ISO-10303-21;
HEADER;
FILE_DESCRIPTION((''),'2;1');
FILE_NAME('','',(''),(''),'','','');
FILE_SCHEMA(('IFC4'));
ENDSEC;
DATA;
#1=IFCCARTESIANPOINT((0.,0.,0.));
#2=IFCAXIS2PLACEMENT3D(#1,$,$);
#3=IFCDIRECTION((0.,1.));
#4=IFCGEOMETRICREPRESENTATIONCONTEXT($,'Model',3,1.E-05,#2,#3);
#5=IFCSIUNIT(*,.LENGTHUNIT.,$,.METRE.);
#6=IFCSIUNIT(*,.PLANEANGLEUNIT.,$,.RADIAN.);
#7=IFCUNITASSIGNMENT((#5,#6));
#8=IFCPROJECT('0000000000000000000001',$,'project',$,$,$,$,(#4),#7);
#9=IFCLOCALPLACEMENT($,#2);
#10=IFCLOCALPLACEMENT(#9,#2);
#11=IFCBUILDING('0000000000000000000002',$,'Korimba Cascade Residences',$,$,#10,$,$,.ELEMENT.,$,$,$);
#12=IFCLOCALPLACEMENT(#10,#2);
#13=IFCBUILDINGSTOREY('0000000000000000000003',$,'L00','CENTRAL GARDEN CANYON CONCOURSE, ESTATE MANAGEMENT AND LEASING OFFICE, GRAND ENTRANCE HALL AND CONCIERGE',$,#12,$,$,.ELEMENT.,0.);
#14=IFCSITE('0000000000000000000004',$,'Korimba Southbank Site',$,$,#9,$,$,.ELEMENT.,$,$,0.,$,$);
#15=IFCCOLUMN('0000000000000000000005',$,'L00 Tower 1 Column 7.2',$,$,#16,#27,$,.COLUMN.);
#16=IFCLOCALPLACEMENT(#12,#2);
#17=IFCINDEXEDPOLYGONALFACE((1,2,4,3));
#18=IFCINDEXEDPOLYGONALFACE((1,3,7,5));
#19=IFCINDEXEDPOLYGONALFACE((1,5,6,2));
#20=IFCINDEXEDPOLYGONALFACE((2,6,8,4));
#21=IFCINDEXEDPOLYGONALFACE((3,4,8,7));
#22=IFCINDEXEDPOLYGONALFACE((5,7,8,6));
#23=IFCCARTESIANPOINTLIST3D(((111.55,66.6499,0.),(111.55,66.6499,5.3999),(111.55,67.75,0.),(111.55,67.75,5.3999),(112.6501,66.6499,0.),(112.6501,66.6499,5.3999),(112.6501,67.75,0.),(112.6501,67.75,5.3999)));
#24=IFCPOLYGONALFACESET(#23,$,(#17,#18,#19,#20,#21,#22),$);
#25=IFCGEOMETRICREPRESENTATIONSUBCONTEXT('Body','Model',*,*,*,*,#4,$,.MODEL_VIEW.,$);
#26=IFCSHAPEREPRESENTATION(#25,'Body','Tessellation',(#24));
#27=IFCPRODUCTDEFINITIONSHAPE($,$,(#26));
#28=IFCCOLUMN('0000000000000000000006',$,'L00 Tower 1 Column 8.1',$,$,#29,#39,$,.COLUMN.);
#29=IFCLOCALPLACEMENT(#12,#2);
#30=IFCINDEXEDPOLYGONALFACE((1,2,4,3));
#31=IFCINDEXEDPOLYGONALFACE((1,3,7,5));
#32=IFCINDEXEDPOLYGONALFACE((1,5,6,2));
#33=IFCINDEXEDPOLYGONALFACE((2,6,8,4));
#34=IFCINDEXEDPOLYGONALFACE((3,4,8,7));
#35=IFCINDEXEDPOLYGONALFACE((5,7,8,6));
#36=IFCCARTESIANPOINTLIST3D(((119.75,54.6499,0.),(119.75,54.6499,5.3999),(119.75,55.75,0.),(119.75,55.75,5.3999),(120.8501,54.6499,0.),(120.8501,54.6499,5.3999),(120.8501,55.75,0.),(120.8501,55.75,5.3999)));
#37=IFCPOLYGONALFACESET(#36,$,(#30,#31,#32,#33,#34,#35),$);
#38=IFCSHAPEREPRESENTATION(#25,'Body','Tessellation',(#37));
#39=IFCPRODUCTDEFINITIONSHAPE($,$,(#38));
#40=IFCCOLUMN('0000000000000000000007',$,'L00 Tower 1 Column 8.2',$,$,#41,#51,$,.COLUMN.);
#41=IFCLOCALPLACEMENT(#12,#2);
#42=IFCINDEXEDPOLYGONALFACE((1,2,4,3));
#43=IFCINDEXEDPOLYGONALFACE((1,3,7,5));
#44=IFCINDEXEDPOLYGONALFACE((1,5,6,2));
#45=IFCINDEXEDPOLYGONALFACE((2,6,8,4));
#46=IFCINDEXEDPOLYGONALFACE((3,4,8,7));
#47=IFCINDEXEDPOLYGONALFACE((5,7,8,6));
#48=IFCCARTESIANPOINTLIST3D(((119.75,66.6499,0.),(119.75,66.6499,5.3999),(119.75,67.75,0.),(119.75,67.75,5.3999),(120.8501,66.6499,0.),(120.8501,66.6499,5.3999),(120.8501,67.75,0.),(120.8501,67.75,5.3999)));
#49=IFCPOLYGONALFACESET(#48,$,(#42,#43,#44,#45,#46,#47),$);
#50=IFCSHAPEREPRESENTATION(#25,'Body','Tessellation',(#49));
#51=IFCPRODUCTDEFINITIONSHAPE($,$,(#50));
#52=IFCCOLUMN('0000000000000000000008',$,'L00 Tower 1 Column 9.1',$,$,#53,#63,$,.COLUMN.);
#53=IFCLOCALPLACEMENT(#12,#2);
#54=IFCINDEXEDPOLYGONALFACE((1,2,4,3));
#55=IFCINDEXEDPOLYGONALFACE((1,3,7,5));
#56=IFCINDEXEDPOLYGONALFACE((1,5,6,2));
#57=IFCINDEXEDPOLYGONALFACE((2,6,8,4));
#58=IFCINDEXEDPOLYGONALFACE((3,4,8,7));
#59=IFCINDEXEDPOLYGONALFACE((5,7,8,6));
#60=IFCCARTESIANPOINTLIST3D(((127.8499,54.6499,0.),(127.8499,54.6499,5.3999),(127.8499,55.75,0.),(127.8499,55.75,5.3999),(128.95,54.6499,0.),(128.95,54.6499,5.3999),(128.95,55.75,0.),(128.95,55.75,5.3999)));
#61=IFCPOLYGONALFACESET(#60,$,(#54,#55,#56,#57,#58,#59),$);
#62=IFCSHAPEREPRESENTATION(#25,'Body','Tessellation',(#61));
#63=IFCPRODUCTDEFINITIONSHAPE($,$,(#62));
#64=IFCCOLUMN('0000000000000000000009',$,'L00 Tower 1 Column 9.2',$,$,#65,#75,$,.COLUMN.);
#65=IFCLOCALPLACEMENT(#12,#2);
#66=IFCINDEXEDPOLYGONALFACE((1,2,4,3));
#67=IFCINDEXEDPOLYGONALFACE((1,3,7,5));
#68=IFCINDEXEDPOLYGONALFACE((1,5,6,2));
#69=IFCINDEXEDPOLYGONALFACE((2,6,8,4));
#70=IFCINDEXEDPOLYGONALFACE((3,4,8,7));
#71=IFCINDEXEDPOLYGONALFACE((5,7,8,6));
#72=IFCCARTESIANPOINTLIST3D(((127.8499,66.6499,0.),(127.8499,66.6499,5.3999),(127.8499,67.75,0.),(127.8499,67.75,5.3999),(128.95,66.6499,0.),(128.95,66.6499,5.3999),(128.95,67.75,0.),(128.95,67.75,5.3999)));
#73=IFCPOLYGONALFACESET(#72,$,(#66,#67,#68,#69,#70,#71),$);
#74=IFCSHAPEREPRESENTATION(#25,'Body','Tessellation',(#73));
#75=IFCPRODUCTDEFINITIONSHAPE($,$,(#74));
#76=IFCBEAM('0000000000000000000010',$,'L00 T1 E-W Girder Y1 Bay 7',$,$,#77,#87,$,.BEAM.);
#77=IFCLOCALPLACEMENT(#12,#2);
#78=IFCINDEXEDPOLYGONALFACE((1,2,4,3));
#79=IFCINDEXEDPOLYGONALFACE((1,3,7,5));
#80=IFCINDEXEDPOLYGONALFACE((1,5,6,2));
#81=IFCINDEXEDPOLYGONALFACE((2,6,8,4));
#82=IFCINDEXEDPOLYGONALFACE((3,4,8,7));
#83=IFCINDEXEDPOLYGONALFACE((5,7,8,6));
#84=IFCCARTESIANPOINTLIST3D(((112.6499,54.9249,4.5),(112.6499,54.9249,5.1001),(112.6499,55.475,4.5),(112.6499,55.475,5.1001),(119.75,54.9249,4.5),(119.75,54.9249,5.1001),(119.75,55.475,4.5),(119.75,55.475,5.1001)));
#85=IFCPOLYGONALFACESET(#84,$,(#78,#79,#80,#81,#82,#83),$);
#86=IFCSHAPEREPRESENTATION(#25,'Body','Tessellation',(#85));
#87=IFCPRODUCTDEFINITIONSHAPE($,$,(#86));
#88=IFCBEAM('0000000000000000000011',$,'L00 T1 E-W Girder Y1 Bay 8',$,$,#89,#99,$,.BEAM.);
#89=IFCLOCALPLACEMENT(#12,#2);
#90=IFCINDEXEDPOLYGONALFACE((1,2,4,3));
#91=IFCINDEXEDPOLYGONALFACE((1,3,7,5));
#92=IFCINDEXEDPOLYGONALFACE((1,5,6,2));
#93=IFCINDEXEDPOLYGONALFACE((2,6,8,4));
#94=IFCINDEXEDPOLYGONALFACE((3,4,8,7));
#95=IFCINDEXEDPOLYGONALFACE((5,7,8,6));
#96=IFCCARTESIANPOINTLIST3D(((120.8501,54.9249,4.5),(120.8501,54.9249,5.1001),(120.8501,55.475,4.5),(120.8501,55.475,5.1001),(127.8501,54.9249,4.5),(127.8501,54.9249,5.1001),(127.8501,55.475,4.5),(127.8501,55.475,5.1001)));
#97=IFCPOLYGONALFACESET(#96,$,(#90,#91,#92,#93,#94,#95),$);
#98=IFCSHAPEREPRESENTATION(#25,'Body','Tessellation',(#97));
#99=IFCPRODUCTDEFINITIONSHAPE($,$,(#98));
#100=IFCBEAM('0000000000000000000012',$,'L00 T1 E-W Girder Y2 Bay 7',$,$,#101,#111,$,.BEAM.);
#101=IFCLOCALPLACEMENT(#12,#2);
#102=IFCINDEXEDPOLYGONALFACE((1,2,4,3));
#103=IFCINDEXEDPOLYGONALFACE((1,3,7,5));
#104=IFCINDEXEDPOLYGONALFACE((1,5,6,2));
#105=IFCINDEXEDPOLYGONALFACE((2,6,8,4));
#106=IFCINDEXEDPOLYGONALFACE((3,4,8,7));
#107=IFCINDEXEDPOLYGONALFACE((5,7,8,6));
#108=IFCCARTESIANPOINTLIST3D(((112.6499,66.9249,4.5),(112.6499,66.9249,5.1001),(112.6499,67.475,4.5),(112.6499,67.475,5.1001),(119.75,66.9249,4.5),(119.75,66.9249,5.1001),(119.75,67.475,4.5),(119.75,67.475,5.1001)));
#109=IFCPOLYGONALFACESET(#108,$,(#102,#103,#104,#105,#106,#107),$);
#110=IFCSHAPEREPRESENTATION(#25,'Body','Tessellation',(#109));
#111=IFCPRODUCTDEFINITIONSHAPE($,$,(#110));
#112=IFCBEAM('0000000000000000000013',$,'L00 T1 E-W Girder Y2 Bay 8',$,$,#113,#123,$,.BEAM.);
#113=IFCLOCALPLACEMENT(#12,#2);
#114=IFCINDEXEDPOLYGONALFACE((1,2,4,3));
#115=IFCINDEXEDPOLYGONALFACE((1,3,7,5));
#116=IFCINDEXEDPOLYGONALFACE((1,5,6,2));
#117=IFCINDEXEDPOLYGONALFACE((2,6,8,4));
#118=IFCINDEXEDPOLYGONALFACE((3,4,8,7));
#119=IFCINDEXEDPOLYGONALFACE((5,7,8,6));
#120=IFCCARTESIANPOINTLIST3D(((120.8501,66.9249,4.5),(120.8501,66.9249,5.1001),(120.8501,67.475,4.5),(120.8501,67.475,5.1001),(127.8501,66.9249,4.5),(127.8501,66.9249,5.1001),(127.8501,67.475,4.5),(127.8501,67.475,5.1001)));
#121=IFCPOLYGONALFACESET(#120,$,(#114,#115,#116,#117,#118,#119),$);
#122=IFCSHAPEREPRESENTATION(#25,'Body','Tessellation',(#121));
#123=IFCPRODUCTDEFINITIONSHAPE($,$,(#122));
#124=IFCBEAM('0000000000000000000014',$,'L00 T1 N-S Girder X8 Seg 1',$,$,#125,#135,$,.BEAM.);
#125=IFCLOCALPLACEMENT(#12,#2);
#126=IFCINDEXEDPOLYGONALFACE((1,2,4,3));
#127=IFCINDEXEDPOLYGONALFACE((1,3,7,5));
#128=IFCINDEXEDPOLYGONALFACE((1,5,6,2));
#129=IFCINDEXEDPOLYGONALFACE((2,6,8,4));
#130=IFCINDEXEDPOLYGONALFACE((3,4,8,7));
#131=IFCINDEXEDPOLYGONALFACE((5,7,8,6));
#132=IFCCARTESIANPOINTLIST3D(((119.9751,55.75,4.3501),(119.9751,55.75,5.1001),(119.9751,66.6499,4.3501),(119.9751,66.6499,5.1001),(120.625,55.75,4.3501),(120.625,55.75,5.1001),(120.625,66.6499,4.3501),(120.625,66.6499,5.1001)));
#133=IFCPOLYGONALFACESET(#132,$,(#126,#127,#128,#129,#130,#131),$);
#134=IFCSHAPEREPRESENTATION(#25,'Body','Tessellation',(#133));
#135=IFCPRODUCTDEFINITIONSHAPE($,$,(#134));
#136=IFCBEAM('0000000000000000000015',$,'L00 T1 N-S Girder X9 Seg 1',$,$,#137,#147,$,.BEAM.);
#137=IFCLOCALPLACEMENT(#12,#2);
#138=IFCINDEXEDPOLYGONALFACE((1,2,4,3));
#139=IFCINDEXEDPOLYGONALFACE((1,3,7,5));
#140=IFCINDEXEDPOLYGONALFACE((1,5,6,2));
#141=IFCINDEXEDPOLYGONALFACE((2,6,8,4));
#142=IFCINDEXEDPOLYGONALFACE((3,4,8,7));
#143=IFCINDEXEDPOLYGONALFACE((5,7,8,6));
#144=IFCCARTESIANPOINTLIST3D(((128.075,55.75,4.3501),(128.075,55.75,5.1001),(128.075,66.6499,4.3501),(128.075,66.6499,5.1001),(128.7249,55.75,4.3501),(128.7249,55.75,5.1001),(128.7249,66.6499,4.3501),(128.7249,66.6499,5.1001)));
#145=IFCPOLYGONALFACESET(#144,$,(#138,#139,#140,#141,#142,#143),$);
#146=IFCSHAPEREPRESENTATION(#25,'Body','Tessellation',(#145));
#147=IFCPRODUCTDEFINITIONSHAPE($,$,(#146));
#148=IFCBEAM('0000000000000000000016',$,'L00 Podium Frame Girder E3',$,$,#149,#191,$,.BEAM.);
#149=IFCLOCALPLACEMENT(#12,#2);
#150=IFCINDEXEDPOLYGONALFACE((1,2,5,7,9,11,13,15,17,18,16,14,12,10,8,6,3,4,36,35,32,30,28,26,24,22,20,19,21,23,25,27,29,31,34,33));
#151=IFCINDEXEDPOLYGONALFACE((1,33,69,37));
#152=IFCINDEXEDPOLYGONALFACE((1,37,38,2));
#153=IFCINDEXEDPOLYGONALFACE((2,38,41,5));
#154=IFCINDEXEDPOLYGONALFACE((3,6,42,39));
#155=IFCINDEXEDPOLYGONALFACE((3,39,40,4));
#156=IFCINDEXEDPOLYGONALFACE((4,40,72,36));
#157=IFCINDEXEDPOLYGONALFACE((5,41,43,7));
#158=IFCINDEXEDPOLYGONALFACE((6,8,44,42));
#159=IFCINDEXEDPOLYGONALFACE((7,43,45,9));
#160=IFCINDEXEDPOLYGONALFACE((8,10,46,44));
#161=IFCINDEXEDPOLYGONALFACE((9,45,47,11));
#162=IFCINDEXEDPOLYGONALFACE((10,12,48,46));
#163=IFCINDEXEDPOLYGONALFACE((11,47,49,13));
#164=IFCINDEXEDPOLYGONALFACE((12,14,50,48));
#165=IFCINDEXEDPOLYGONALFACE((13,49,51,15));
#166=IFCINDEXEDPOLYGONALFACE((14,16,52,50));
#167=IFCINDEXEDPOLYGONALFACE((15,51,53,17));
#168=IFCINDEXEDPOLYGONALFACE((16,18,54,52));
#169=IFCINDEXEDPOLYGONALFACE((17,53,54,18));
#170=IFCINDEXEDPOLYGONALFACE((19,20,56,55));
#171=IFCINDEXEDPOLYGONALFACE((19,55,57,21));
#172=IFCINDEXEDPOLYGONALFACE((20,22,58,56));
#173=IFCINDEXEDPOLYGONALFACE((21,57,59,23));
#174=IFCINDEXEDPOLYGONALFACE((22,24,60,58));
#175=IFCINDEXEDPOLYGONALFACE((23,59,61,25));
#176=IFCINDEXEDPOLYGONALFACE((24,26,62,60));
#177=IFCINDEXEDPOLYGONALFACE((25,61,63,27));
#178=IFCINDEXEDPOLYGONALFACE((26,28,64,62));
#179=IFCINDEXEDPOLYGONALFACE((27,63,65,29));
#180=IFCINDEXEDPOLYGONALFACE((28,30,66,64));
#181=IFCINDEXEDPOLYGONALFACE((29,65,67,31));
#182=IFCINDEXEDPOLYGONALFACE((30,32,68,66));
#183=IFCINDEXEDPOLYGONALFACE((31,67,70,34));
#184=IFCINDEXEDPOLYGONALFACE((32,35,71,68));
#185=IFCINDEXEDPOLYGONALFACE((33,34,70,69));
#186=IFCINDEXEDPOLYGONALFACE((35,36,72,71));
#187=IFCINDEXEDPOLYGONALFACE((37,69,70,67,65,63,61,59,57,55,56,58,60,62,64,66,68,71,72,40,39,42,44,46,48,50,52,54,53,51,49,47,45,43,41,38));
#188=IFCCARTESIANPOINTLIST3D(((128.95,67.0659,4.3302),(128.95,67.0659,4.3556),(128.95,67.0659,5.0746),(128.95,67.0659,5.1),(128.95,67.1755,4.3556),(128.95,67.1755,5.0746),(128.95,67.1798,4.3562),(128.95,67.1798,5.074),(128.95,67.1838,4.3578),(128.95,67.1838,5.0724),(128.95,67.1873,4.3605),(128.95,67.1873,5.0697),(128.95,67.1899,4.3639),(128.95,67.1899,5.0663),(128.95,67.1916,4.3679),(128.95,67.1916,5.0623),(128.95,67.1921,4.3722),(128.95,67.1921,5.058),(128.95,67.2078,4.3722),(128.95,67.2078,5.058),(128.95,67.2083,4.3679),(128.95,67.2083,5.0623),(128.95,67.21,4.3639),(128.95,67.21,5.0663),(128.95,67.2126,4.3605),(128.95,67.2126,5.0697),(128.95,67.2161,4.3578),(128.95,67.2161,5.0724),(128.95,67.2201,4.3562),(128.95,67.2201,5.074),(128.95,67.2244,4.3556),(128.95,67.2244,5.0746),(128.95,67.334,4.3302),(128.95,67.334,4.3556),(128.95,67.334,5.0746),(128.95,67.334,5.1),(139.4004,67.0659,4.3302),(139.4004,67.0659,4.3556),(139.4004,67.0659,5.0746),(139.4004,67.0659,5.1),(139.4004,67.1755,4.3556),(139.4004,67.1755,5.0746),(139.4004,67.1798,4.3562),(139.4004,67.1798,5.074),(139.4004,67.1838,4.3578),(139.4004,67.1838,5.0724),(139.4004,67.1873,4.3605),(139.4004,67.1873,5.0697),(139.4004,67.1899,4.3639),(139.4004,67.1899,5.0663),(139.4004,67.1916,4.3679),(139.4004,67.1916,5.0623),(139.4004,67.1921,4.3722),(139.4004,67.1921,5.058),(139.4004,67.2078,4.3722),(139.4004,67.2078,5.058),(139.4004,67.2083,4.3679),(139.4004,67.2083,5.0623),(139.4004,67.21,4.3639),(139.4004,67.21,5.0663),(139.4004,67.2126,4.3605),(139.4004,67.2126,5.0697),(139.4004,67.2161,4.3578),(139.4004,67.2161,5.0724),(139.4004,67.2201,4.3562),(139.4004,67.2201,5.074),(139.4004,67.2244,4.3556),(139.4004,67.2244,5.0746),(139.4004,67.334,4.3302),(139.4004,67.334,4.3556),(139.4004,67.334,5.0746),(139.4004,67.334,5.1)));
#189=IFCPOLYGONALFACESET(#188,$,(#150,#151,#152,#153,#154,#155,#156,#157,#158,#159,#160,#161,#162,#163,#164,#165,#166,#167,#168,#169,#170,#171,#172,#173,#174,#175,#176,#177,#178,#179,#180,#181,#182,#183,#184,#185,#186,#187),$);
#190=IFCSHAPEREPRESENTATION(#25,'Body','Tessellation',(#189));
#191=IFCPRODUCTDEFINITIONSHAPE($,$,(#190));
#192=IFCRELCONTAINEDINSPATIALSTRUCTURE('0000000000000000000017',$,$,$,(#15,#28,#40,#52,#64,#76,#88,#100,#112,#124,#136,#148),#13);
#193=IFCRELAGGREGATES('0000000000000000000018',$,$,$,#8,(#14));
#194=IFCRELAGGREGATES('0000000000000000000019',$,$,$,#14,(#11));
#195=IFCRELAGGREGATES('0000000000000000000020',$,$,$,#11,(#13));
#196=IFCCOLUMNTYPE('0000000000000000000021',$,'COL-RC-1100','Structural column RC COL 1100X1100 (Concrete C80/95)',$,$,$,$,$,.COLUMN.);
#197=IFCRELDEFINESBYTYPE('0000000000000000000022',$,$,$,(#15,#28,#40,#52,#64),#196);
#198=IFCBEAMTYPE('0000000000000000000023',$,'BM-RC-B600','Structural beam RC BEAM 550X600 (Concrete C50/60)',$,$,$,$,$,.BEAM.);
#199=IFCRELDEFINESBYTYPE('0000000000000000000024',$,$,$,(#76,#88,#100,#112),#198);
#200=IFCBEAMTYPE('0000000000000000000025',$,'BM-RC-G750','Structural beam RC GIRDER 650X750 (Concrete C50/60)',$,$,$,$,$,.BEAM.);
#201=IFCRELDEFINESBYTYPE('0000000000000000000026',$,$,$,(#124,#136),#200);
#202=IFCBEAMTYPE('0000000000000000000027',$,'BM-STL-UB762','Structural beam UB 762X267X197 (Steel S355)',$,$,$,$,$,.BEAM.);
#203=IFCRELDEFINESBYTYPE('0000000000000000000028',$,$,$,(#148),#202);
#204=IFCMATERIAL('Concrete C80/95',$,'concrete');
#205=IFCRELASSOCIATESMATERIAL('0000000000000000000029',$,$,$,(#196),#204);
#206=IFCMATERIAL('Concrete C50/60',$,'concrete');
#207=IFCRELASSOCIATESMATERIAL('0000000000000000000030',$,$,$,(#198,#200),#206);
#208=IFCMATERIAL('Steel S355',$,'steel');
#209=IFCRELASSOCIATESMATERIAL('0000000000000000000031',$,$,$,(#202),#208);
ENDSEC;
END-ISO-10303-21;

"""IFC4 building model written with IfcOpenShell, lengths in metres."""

from ifc_helpers import new_model, si_unit, direction, frame, origin, origin_2d, place, context, subcontext, project, spatial, rectangle, i_section, extrude, material, material_profile, profile_set, type_object, element, save


model = new_model("IFC4")

# Units and contexts
model_context = context("Model", 3, precision=1e-05, world=origin(), true_north=direction((0.0, 1.0)))
body_context = subcontext(model_context, "Body", "Model", "MODEL_VIEW")
ifc_project = project(units=[si_unit("LENGTHUNIT", "METRE"), si_unit("PLANEANGLEUNIT", "RADIAN")], contexts=[model_context])

# Site, building, storey
site_placement = place(None, origin())
site = spatial("IfcSite", under=ifc_project, at=site_placement, Name="Korimba Southbank Site", CompositionType="ELEMENT", RefElevation=0.0)
building_placement = place(site_placement, origin())
building = spatial("IfcBuilding", under=site, at=building_placement, Name="Korimba Cascade Residences", CompositionType="ELEMENT")
storey_placement = place(building_placement, origin())
storey = spatial("IfcBuildingStorey", under=building, at=storey_placement, Name="L00", Description="CENTRAL GARDEN CANYON CONCOURSE, ESTATE MANAGEMENT AND LEASING OFFICE, GRAND ENTRANCE HALL AND CONCIERGE", CompositionType="ELEMENT", Elevation=0.0)

# Columns
ifc_material_1 = material(Name="Concrete C80/95", Category="concrete")
ifc_material_profile_1 = material_profile(ifc_material_1, rectangle(XDim=1.1001, YDim=1.1001, at=origin_2d()), Name="Concrete C80/95")
ifc_profile_set_1 = profile_set([ifc_material_profile_1], Name="Concrete C80/95")
column_type = type_object("IfcColumnType", Name="COL-RC-1100", Description="Structural column RC COL 1100X1100 (Concrete C80/95)", PredefinedType="COLUMN", material=ifc_profile_set_1)
for number, where, z_axis, x_axis, name in (
    (1, (112.1001, 67.2, 0.0), (0.0, 0.0, 1.0), (1.0, 0.0, 0.0), "L00 Tower 1 Column 7.2"),
    (2, (120.3, 55.2, 0.0), (0.0, 0.0, 1.0), (1.0, 0.0, 0.0), "L00 Tower 1 Column 8.1"),
    (3, (120.3, 67.2, 0.0), (0.0, 0.0, 1.0), (1.0, 0.0, 0.0), "L00 Tower 1 Column 8.2"),
    (4, (128.3999, 55.2, 0.0), (0.0, 0.0, 1.0), (1.0, 0.0, 0.0), "L00 Tower 1 Column 9.1"),
    (5, (128.3999, 67.2, 0.0), (0.0, 0.0, 1.0), (1.0, 0.0, 0.0), "L00 Tower 1 Column 9.2"),
):
    element("IfcColumn", number, at=place(storey_placement, frame(where, z_axis=z_axis, x_axis=x_axis)), inside=storey, type_object=column_type, Name=name, PredefinedType="COLUMN", context=body_context, shape_type="SweptSolid", body=[
        extrude(rectangle(XDim=1.1001, YDim=1.1001, at=origin_2d()), origin(), (0.0, 0.0, 1.0), 5.3999),
    ])

# Beams
ifc_material_2 = material(Name="Concrete C50/60", Category="concrete")
ifc_material_profile_2 = material_profile(ifc_material_2, rectangle(XDim=0.55, YDim=0.6001, at=origin_2d()), Name="Concrete C50/60")
ifc_profile_set_2 = profile_set([ifc_material_profile_2], Name="Concrete C50/60")
beam_type_1 = type_object("IfcBeamType", Name="BM-RC-B600", Description="Structural beam RC BEAM 550X600 (Concrete C50/60)", PredefinedType="BEAM", material=ifc_profile_set_2)
beam_1_placement = place(storey_placement, frame((112.6499, 55.2, 4.8), z_axis=(1.0, 0.0, 0.0), x_axis=(0.0, 1.0, 0.0)))
element("IfcBeam", 6, at=beam_1_placement, inside=storey, type_object=beam_type_1, Name="L00 T1 E-W Girder Y1 Bay 7", PredefinedType="BEAM", context=body_context, shape_type="SweptSolid", body=[
    extrude(rectangle(XDim=0.55, YDim=0.6001, at=origin_2d()), origin(), (0.0, 0.0, 1.0), 7.1001),
])
beam_2_placement = place(storey_placement, frame((120.8501, 55.2, 4.8), z_axis=(1.0, 0.0, 0.0), x_axis=(0.0, 1.0, 0.0)))
element("IfcBeam", 7, at=beam_2_placement, inside=storey, type_object=beam_type_1, Name="L00 T1 E-W Girder Y1 Bay 8", PredefinedType="BEAM", context=body_context, shape_type="SweptSolid", body=[
    extrude(rectangle(XDim=0.55, YDim=0.6001, at=origin_2d()), origin(), (0.0, 0.0, 1.0), 7.0),
])
beam_3_placement = place(storey_placement, frame((112.6499, 67.2, 4.8), z_axis=(1.0, 0.0, 0.0), x_axis=(0.0, 1.0, 0.0)))
element("IfcBeam", 8, at=beam_3_placement, inside=storey, type_object=beam_type_1, Name="L00 T1 E-W Girder Y2 Bay 7", PredefinedType="BEAM", context=body_context, shape_type="SweptSolid", body=[
    extrude(rectangle(XDim=0.55, YDim=0.6001, at=origin_2d()), origin(), (0.0, 0.0, 1.0), 7.1001),
])
beam_4_placement = place(storey_placement, frame((120.8501, 67.2, 4.8), z_axis=(1.0, 0.0, 0.0), x_axis=(0.0, 1.0, 0.0)))
element("IfcBeam", 9, at=beam_4_placement, inside=storey, type_object=beam_type_1, Name="L00 T1 E-W Girder Y2 Bay 8", PredefinedType="BEAM", context=body_context, shape_type="SweptSolid", body=[
    extrude(rectangle(XDim=0.55, YDim=0.6001, at=origin_2d()), origin(), (0.0, 0.0, 1.0), 7.0),
])
ifc_material_profile_3 = material_profile(ifc_material_2, rectangle(XDim=0.6499, YDim=0.75, at=origin_2d()), Name="Concrete C50/60")
ifc_profile_set_3 = profile_set([ifc_material_profile_3], Name="Concrete C50/60")
beam_type_2 = type_object("IfcBeamType", Name="BM-RC-G750", Description="Structural beam RC GIRDER 650X750 (Concrete C50/60)", PredefinedType="BEAM", material=ifc_profile_set_3)
for number, where, z_axis, x_axis, name in (
    (10, (120.3, 55.75, 4.7251), (0.0, 1.0, 0.0), (-1.0, 0.0, 0.0), "L00 T1 N-S Girder X8 Seg 1"),
    (11, (128.3999, 55.75, 4.7251), (0.0, 1.0, 0.0), (-1.0, 0.0, 0.0), "L00 T1 N-S Girder X9 Seg 1"),
):
    element("IfcBeam", number, at=place(storey_placement, frame(where, z_axis=z_axis, x_axis=x_axis)), inside=storey, type_object=beam_type_2, Name=name, PredefinedType="BEAM", context=body_context, shape_type="SweptSolid", body=[
        extrude(rectangle(XDim=0.6499, YDim=0.75, at=origin_2d()), origin(), (0.0, 0.0, 1.0), 10.8999),
    ])
ifc_material_3 = material(Name="Steel S355", Category="steel")
ifc_material_profile_4 = material_profile(ifc_material_3, i_section(OverallWidth=0.2681, OverallDepth=0.7698, WebThickness=0.0156, FlangeThickness=0.0254, FilletRadius=0.0166, at=origin_2d()), Name="Steel S355")
ifc_profile_set_4 = profile_set([ifc_material_profile_4], Name="Steel S355")
beam_type_3 = type_object("IfcBeamType", Name="BM-STL-UB762", Description="Structural beam UB 762X267X197 (Steel S355)", PredefinedType="BEAM", material=ifc_profile_set_4)
beam_5_placement = place(storey_placement, frame((128.95, 67.2, 4.7151), z_axis=(1.0, 0.0, 0.0), x_axis=(0.0, 1.0, 0.0)))
element("IfcBeam", 12, at=beam_5_placement, inside=storey, type_object=beam_type_3, Name="L00 Podium Frame Girder E3", PredefinedType="BEAM", context=body_context, shape_type="SweptSolid", body=[
    extrude(i_section(OverallWidth=0.2681, OverallDepth=0.7698, WebThickness=0.0156, FlangeThickness=0.0254, FilletRadius=0.0166, at=origin_2d()), origin(), (0.0, 0.0, 1.0), 10.4504),
])

save(model, "model.ifc")
